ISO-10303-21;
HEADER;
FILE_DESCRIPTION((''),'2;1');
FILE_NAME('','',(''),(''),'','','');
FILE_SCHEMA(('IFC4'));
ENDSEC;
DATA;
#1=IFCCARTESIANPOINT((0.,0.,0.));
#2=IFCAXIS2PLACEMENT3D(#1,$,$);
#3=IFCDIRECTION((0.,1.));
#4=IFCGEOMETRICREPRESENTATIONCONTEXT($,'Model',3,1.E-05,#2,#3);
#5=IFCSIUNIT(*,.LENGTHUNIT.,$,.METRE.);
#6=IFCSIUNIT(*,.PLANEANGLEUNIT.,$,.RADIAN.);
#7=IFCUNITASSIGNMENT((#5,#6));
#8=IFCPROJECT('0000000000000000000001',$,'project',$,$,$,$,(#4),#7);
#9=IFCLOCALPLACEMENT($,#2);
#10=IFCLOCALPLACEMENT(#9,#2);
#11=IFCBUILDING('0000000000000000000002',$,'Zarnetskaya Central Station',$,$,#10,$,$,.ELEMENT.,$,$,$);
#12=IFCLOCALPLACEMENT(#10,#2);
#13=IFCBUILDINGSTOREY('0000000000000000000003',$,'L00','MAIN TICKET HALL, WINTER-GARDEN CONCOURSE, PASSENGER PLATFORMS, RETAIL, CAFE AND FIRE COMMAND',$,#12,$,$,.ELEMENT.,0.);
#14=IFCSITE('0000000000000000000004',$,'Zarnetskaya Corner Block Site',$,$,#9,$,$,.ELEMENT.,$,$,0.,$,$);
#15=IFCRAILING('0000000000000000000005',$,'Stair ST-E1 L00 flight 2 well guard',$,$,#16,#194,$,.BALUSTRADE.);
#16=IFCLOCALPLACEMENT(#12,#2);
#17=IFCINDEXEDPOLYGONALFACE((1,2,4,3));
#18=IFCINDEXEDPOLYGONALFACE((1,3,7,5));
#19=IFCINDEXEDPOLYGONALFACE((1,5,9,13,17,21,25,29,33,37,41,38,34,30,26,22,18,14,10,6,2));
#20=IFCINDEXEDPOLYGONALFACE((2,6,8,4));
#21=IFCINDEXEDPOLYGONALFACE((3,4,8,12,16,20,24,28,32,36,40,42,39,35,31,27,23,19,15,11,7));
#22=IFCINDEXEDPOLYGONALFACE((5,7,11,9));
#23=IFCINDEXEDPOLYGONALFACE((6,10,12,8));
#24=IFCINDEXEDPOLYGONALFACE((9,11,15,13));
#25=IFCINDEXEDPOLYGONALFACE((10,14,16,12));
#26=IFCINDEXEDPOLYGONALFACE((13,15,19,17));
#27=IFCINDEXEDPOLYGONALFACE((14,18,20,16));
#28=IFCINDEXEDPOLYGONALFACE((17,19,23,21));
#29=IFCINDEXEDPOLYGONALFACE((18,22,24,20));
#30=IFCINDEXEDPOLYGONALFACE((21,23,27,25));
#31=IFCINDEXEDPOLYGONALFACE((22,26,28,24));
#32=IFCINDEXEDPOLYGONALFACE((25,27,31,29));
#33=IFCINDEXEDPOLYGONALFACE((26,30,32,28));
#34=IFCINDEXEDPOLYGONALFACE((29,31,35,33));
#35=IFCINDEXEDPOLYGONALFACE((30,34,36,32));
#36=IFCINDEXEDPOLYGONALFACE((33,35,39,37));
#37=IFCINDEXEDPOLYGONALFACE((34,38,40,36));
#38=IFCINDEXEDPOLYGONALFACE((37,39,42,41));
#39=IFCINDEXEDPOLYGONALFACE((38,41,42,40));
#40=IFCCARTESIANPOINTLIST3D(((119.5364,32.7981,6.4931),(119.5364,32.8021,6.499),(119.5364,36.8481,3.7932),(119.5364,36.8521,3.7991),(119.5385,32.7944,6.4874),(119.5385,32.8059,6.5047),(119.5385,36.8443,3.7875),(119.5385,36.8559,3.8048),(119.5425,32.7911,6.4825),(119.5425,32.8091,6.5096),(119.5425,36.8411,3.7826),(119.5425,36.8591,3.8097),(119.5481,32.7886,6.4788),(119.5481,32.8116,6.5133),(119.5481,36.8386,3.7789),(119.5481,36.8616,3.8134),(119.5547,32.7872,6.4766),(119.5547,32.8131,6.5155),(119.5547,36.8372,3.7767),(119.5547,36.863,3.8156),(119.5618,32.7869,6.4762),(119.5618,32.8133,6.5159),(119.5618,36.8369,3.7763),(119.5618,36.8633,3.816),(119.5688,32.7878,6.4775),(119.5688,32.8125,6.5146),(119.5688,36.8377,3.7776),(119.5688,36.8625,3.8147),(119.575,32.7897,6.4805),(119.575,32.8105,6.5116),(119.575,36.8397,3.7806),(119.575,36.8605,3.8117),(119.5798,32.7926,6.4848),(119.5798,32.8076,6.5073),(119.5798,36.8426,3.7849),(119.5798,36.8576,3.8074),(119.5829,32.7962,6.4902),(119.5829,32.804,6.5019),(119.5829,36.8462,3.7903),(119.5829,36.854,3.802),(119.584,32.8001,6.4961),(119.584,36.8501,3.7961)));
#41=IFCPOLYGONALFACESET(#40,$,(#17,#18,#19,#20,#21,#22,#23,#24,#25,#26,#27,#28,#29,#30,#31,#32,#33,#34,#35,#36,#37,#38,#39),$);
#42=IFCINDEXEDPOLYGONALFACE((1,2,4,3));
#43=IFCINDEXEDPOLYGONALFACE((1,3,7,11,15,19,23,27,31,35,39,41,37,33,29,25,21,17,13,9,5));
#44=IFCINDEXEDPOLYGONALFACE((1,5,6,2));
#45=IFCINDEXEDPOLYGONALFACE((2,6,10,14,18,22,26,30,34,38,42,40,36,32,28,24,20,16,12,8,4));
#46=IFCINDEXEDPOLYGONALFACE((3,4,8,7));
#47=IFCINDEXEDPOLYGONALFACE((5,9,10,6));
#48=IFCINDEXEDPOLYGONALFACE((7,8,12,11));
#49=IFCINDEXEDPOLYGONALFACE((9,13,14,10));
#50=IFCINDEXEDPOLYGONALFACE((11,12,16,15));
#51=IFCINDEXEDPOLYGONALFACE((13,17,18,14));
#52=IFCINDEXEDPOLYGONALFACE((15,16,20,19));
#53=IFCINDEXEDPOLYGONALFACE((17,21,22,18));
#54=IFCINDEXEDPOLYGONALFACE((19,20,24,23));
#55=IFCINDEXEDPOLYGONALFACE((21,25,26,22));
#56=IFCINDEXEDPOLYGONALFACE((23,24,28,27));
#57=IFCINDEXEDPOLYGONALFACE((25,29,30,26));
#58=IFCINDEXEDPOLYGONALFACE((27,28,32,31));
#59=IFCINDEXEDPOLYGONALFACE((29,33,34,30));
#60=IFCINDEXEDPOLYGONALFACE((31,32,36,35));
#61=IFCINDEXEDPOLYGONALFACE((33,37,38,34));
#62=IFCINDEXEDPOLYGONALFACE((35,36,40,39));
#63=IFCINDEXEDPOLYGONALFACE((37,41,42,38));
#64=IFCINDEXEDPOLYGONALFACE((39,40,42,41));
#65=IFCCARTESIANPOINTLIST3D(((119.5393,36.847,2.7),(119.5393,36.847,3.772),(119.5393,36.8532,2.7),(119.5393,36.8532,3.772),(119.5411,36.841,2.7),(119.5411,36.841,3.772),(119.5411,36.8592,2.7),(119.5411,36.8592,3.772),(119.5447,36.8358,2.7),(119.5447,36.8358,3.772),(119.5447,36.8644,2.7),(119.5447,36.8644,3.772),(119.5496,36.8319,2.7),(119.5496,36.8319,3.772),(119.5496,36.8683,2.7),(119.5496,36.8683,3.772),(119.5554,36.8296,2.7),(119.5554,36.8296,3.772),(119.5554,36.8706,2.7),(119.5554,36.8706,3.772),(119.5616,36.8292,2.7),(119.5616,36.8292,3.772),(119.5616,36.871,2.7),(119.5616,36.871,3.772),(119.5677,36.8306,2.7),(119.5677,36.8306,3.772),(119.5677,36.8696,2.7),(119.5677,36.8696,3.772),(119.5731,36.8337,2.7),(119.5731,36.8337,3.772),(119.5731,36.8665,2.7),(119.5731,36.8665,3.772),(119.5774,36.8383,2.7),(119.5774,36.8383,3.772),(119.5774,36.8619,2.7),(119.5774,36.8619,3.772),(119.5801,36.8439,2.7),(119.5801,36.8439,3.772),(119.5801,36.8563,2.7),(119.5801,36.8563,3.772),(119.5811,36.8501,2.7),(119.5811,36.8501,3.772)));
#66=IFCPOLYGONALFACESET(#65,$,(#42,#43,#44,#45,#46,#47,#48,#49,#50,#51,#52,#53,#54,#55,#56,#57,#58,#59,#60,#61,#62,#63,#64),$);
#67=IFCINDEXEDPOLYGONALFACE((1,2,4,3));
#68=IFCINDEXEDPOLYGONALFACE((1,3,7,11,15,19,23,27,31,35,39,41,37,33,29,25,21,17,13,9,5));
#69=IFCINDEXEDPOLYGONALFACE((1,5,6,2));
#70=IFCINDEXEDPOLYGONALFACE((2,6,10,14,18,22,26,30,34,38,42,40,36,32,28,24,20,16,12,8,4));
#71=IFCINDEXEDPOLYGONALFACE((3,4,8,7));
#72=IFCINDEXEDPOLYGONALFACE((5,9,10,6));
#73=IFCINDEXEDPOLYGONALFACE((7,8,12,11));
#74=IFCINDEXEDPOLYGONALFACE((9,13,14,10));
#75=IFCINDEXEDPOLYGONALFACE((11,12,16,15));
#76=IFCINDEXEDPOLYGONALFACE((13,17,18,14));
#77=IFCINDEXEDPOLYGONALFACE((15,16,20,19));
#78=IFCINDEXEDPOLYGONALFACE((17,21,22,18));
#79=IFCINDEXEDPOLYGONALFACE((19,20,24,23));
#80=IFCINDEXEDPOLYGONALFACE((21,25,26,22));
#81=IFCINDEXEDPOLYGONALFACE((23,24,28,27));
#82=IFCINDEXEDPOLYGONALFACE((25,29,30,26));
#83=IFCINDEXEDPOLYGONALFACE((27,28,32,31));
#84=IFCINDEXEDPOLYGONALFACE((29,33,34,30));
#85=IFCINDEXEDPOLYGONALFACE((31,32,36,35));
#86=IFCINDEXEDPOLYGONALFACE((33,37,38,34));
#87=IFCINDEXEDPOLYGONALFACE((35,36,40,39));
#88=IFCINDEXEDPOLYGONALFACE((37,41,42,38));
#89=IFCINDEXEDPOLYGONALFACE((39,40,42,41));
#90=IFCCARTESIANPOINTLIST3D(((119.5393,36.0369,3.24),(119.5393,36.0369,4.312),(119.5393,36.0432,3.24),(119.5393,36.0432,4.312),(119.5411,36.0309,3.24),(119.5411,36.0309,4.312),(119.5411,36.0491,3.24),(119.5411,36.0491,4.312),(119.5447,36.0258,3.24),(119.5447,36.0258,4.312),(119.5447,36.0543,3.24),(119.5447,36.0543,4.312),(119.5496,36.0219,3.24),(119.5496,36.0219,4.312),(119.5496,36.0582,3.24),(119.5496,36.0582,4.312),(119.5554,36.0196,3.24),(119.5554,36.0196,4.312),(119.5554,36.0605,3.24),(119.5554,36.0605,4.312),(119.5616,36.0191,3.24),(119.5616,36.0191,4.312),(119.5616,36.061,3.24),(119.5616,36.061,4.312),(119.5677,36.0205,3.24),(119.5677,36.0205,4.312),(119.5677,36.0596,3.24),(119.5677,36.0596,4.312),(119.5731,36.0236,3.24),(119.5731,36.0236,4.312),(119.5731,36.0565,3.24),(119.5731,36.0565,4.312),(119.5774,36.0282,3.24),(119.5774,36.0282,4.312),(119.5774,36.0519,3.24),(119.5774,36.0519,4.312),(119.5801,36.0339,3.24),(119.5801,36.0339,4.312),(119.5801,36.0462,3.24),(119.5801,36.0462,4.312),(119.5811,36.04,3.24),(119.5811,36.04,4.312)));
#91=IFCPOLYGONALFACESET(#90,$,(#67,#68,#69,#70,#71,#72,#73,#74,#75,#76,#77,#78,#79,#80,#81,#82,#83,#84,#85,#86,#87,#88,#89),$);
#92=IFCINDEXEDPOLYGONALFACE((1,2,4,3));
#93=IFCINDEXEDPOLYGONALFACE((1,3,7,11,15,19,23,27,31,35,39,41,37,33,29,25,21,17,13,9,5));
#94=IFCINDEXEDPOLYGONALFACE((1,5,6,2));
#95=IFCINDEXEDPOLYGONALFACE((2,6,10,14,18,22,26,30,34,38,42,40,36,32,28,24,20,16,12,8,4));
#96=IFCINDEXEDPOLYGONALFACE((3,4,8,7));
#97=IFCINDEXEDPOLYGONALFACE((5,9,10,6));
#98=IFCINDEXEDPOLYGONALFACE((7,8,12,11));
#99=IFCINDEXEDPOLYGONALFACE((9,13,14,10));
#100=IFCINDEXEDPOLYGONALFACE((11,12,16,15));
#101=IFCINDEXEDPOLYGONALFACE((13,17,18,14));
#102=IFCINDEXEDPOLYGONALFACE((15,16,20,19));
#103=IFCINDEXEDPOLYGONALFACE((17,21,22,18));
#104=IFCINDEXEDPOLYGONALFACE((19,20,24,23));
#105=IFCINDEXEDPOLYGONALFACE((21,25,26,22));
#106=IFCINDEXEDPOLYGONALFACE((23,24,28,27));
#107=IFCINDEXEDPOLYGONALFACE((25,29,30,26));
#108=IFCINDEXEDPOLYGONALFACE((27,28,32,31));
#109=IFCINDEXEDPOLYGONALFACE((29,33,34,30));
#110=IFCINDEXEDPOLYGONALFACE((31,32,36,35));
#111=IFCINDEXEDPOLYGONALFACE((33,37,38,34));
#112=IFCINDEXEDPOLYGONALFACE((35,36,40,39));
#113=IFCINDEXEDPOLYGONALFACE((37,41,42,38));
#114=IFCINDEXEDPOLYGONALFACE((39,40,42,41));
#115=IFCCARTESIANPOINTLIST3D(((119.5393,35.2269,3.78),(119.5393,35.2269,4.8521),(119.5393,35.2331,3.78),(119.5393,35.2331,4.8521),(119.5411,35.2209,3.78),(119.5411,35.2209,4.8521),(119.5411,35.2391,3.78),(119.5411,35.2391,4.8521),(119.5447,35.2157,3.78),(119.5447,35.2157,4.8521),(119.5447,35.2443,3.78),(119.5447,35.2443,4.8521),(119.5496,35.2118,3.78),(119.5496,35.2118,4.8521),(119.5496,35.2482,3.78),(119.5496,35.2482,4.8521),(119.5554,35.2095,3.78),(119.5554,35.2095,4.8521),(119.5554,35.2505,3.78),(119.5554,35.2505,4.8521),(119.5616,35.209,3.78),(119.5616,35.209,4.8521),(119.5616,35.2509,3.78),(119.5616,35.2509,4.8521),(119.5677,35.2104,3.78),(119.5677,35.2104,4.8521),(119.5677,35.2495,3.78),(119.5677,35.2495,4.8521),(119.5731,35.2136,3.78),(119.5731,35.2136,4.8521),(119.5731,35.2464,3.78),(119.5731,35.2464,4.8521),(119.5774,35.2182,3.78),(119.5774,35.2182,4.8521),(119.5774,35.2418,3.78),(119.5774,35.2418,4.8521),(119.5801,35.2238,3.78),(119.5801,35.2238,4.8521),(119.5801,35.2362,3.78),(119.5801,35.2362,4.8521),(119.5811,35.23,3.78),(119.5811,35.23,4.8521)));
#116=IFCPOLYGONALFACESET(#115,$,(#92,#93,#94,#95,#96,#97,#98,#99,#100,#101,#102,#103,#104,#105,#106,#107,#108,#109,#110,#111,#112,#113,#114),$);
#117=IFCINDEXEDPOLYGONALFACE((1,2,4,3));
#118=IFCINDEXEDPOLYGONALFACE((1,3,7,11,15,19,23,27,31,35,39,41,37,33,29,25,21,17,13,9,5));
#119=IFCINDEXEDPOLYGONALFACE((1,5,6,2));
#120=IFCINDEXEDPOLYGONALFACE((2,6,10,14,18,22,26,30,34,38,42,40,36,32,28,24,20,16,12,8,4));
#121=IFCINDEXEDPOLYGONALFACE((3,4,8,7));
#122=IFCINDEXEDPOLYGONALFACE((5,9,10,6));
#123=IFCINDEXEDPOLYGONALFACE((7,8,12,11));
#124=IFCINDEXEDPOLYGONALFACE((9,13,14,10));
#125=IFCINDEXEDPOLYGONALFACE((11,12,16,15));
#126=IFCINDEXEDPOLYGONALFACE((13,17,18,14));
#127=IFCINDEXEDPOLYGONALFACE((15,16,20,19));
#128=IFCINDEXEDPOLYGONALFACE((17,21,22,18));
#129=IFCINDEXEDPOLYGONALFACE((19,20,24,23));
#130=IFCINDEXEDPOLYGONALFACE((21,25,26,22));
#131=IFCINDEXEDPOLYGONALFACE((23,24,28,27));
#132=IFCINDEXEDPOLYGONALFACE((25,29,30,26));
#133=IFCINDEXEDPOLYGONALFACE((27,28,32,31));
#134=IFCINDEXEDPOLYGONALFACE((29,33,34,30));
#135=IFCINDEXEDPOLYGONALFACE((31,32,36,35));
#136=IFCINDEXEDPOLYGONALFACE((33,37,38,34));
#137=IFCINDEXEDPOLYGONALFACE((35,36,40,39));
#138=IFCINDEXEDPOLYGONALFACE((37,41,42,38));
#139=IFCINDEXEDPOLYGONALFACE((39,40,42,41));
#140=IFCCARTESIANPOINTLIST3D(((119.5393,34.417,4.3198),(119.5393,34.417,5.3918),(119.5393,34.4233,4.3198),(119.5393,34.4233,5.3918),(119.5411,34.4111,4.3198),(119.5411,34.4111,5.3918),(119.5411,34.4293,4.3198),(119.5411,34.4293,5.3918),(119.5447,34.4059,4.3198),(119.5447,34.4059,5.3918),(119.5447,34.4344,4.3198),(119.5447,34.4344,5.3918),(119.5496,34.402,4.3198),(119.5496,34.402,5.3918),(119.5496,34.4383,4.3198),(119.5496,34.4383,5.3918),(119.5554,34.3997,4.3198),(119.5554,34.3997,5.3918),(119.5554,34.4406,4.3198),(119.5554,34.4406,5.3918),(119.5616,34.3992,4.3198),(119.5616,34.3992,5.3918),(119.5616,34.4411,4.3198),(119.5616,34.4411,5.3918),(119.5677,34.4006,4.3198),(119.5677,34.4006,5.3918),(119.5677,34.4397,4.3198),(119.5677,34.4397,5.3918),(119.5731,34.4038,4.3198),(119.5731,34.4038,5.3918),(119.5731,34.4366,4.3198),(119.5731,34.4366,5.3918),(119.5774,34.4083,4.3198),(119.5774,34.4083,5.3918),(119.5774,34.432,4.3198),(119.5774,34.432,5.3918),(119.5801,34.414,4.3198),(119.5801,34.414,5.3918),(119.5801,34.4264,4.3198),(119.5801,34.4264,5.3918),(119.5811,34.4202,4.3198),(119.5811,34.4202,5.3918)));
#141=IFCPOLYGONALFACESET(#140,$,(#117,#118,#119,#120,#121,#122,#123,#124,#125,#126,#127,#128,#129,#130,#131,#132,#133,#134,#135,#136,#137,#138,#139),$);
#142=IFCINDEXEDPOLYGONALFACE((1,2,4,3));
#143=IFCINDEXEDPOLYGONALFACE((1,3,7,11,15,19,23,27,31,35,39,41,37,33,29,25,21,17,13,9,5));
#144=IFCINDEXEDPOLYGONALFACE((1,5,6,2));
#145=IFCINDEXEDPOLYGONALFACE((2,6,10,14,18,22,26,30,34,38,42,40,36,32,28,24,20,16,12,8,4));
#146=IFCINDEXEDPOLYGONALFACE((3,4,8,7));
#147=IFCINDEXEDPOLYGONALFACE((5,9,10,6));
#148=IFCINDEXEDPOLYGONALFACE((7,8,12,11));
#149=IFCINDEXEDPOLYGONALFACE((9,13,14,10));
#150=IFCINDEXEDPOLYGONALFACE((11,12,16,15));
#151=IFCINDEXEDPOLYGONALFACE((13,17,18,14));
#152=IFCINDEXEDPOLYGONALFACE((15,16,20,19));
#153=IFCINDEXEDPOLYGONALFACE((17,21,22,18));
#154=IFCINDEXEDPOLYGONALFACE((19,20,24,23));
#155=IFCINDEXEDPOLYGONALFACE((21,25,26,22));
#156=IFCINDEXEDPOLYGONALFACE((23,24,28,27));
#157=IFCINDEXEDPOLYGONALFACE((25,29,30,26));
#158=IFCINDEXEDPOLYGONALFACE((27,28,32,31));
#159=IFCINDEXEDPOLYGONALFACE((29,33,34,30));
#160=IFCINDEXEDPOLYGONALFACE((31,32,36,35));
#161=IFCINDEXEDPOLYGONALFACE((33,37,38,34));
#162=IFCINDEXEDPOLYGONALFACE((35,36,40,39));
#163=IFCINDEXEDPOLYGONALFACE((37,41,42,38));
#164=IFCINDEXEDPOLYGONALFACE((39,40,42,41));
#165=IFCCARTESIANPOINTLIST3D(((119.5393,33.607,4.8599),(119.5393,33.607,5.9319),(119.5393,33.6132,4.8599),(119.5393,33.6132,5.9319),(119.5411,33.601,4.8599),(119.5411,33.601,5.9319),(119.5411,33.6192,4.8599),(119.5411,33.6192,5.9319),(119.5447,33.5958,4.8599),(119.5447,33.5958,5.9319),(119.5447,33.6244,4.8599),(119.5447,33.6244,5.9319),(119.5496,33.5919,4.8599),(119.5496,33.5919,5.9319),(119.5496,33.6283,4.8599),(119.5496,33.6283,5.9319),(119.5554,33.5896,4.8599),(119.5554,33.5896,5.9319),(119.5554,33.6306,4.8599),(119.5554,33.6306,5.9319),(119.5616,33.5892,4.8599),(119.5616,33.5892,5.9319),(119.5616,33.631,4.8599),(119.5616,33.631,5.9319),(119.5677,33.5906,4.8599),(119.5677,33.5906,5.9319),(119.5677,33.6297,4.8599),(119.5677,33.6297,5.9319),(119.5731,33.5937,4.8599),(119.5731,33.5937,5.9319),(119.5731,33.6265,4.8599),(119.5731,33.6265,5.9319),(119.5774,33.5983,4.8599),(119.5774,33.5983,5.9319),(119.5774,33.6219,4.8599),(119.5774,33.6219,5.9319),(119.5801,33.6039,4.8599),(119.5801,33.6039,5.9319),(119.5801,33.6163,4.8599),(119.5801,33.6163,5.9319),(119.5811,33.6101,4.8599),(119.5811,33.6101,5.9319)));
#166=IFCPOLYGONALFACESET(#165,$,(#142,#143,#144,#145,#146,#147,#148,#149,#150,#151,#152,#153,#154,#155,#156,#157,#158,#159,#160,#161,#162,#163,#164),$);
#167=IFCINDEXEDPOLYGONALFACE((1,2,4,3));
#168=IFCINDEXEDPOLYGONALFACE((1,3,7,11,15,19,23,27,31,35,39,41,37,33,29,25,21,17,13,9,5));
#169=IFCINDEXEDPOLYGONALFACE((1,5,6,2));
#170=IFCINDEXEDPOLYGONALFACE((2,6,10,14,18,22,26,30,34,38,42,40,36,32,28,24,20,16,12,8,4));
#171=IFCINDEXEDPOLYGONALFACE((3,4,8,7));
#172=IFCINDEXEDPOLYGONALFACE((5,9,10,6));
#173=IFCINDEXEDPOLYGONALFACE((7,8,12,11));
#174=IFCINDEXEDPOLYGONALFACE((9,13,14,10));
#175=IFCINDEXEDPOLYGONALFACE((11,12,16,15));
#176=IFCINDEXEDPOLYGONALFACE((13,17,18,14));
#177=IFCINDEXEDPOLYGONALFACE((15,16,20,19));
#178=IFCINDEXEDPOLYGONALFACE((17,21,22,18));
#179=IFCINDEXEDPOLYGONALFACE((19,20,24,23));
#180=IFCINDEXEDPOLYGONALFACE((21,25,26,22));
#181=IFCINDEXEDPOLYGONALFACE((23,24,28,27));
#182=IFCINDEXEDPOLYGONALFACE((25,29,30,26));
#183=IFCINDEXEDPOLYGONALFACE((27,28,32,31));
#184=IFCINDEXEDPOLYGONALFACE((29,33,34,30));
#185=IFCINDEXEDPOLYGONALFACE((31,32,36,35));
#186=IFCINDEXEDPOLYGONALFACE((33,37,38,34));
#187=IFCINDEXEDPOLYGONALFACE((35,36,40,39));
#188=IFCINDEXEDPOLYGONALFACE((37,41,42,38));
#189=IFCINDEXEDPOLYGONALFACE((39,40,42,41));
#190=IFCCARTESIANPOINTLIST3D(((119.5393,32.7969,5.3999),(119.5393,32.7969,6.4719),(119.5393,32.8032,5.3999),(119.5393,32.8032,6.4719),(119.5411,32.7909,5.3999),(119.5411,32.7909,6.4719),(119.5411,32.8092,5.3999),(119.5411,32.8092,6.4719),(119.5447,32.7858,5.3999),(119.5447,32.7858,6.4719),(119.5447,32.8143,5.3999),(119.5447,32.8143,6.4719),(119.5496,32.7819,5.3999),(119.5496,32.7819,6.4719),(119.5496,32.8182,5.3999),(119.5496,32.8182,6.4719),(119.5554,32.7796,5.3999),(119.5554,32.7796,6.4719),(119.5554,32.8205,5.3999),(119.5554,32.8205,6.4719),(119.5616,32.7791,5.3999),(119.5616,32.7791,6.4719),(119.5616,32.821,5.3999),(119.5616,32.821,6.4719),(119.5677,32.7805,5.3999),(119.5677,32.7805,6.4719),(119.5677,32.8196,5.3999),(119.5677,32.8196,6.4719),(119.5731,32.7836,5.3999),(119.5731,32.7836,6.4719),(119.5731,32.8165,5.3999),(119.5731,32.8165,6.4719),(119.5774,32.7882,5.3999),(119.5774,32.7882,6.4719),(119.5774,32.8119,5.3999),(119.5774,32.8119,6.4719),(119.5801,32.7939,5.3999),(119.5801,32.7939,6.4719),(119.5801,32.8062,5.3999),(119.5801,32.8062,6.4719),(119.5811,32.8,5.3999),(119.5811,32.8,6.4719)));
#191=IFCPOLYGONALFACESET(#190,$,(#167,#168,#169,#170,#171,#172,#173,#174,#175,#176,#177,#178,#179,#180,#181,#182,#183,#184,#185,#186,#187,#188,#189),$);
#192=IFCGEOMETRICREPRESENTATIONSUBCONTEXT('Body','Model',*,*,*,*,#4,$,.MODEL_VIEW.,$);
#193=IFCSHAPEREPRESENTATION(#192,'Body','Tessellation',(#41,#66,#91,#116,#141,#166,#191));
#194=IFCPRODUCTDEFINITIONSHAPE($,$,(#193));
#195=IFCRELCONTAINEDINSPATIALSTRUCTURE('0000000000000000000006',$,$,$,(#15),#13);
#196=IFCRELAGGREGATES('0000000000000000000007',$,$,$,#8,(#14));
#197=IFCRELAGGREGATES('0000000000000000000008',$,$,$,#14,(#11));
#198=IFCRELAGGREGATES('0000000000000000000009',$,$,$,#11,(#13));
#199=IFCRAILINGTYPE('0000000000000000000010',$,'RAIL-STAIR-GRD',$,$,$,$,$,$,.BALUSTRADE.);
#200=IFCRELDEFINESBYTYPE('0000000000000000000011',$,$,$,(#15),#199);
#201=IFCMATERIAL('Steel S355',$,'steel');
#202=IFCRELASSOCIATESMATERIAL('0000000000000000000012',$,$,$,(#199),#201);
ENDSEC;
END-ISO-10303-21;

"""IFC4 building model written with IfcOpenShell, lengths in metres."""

from ifc_helpers import new_model, si_unit, direction, frame, origin, origin_2d, place, context, subcontext, project, spatial, circle, extrude, material, type_object, element, save


model = new_model("IFC4")

# Units and contexts
model_context = context("Model", 3, precision=1e-05, world=origin(), true_north=direction((0.0, 1.0)))
body_context = subcontext(model_context, "Body", "Model", "MODEL_VIEW")
ifc_project = project(units=[si_unit("LENGTHUNIT", "METRE"), si_unit("PLANEANGLEUNIT", "RADIAN")], contexts=[model_context])

# Site, building, storey
site_placement = place(None, origin())
site = spatial("IfcSite", under=ifc_project, at=site_placement, Name="Zarnetskaya Corner Block Site", CompositionType="ELEMENT", RefElevation=0.0)
building_placement = place(site_placement, origin())
building = spatial("IfcBuilding", under=site, at=building_placement, Name="Zarnetskaya Central Station", CompositionType="ELEMENT")
storey_placement = place(building_placement, origin())
storey = spatial("IfcBuildingStorey", under=building, at=storey_placement, Name="L00", Description="MAIN TICKET HALL, WINTER-GARDEN CONCOURSE, PASSENGER PLATFORMS, RETAIL, CAFE AND FIRE COMMAND", CompositionType="ELEMENT", Elevation=0.0)

# Shared definitions
ifc_material_1 = material(Name="Steel S355", Category="steel")

# Railing
railing_type_1 = type_object("IfcRailingType", Name="RAIL-STAIR-GRD", PredefinedType="BALUSTRADE", material=ifc_material_1)
railing_1_placement = place(storey_placement, frame((119.5601, 36.8501, 2.7)))
element("IfcRailing", 1, at=railing_1_placement, inside=storey, type_object=railing_type_1, Name="Stair ST-E1 L00 flight 2 well guard", PredefinedType="BALUSTRADE", context=body_context, shape_type="SweptSolid", body=[
    extrude(circle(Radius=0.0239, at=origin_2d()), frame((0.0, 0.0, 1.0962), z_axis=(0.0, -0.832058, 0.554689), x_axis=(1.0, 0.0, 0.0)), (0.0, 0.0, 1.0), 4.8674),
    extrude(circle(Radius=0.021, at=origin_2d()), origin(), (0.0, 0.0, 1.0), 1.072),
    extrude(circle(Radius=0.021, at=origin_2d()), frame((0.0, -0.8101, 0.54)), (0.0, 0.0, 1.0), 1.072),
    extrude(circle(Radius=0.021, at=origin_2d()), frame((0.0, -1.6201, 1.0801)), (0.0, 0.0, 1.0), 1.072),
    extrude(circle(Radius=0.021, at=origin_2d()), frame((0.0, -2.4299, 1.6199)), (0.0, 0.0, 1.0), 1.072),
    extrude(circle(Radius=0.021, at=origin_2d()), frame((0.0, -3.24, 2.1599)), (0.0, 0.0, 1.0), 1.072),
    extrude(circle(Radius=0.021, at=origin_2d()), frame((0.0, -4.05, 2.7)), (0.0, 0.0, 1.0), 1.072),
])

save(model, "model.ifc")
